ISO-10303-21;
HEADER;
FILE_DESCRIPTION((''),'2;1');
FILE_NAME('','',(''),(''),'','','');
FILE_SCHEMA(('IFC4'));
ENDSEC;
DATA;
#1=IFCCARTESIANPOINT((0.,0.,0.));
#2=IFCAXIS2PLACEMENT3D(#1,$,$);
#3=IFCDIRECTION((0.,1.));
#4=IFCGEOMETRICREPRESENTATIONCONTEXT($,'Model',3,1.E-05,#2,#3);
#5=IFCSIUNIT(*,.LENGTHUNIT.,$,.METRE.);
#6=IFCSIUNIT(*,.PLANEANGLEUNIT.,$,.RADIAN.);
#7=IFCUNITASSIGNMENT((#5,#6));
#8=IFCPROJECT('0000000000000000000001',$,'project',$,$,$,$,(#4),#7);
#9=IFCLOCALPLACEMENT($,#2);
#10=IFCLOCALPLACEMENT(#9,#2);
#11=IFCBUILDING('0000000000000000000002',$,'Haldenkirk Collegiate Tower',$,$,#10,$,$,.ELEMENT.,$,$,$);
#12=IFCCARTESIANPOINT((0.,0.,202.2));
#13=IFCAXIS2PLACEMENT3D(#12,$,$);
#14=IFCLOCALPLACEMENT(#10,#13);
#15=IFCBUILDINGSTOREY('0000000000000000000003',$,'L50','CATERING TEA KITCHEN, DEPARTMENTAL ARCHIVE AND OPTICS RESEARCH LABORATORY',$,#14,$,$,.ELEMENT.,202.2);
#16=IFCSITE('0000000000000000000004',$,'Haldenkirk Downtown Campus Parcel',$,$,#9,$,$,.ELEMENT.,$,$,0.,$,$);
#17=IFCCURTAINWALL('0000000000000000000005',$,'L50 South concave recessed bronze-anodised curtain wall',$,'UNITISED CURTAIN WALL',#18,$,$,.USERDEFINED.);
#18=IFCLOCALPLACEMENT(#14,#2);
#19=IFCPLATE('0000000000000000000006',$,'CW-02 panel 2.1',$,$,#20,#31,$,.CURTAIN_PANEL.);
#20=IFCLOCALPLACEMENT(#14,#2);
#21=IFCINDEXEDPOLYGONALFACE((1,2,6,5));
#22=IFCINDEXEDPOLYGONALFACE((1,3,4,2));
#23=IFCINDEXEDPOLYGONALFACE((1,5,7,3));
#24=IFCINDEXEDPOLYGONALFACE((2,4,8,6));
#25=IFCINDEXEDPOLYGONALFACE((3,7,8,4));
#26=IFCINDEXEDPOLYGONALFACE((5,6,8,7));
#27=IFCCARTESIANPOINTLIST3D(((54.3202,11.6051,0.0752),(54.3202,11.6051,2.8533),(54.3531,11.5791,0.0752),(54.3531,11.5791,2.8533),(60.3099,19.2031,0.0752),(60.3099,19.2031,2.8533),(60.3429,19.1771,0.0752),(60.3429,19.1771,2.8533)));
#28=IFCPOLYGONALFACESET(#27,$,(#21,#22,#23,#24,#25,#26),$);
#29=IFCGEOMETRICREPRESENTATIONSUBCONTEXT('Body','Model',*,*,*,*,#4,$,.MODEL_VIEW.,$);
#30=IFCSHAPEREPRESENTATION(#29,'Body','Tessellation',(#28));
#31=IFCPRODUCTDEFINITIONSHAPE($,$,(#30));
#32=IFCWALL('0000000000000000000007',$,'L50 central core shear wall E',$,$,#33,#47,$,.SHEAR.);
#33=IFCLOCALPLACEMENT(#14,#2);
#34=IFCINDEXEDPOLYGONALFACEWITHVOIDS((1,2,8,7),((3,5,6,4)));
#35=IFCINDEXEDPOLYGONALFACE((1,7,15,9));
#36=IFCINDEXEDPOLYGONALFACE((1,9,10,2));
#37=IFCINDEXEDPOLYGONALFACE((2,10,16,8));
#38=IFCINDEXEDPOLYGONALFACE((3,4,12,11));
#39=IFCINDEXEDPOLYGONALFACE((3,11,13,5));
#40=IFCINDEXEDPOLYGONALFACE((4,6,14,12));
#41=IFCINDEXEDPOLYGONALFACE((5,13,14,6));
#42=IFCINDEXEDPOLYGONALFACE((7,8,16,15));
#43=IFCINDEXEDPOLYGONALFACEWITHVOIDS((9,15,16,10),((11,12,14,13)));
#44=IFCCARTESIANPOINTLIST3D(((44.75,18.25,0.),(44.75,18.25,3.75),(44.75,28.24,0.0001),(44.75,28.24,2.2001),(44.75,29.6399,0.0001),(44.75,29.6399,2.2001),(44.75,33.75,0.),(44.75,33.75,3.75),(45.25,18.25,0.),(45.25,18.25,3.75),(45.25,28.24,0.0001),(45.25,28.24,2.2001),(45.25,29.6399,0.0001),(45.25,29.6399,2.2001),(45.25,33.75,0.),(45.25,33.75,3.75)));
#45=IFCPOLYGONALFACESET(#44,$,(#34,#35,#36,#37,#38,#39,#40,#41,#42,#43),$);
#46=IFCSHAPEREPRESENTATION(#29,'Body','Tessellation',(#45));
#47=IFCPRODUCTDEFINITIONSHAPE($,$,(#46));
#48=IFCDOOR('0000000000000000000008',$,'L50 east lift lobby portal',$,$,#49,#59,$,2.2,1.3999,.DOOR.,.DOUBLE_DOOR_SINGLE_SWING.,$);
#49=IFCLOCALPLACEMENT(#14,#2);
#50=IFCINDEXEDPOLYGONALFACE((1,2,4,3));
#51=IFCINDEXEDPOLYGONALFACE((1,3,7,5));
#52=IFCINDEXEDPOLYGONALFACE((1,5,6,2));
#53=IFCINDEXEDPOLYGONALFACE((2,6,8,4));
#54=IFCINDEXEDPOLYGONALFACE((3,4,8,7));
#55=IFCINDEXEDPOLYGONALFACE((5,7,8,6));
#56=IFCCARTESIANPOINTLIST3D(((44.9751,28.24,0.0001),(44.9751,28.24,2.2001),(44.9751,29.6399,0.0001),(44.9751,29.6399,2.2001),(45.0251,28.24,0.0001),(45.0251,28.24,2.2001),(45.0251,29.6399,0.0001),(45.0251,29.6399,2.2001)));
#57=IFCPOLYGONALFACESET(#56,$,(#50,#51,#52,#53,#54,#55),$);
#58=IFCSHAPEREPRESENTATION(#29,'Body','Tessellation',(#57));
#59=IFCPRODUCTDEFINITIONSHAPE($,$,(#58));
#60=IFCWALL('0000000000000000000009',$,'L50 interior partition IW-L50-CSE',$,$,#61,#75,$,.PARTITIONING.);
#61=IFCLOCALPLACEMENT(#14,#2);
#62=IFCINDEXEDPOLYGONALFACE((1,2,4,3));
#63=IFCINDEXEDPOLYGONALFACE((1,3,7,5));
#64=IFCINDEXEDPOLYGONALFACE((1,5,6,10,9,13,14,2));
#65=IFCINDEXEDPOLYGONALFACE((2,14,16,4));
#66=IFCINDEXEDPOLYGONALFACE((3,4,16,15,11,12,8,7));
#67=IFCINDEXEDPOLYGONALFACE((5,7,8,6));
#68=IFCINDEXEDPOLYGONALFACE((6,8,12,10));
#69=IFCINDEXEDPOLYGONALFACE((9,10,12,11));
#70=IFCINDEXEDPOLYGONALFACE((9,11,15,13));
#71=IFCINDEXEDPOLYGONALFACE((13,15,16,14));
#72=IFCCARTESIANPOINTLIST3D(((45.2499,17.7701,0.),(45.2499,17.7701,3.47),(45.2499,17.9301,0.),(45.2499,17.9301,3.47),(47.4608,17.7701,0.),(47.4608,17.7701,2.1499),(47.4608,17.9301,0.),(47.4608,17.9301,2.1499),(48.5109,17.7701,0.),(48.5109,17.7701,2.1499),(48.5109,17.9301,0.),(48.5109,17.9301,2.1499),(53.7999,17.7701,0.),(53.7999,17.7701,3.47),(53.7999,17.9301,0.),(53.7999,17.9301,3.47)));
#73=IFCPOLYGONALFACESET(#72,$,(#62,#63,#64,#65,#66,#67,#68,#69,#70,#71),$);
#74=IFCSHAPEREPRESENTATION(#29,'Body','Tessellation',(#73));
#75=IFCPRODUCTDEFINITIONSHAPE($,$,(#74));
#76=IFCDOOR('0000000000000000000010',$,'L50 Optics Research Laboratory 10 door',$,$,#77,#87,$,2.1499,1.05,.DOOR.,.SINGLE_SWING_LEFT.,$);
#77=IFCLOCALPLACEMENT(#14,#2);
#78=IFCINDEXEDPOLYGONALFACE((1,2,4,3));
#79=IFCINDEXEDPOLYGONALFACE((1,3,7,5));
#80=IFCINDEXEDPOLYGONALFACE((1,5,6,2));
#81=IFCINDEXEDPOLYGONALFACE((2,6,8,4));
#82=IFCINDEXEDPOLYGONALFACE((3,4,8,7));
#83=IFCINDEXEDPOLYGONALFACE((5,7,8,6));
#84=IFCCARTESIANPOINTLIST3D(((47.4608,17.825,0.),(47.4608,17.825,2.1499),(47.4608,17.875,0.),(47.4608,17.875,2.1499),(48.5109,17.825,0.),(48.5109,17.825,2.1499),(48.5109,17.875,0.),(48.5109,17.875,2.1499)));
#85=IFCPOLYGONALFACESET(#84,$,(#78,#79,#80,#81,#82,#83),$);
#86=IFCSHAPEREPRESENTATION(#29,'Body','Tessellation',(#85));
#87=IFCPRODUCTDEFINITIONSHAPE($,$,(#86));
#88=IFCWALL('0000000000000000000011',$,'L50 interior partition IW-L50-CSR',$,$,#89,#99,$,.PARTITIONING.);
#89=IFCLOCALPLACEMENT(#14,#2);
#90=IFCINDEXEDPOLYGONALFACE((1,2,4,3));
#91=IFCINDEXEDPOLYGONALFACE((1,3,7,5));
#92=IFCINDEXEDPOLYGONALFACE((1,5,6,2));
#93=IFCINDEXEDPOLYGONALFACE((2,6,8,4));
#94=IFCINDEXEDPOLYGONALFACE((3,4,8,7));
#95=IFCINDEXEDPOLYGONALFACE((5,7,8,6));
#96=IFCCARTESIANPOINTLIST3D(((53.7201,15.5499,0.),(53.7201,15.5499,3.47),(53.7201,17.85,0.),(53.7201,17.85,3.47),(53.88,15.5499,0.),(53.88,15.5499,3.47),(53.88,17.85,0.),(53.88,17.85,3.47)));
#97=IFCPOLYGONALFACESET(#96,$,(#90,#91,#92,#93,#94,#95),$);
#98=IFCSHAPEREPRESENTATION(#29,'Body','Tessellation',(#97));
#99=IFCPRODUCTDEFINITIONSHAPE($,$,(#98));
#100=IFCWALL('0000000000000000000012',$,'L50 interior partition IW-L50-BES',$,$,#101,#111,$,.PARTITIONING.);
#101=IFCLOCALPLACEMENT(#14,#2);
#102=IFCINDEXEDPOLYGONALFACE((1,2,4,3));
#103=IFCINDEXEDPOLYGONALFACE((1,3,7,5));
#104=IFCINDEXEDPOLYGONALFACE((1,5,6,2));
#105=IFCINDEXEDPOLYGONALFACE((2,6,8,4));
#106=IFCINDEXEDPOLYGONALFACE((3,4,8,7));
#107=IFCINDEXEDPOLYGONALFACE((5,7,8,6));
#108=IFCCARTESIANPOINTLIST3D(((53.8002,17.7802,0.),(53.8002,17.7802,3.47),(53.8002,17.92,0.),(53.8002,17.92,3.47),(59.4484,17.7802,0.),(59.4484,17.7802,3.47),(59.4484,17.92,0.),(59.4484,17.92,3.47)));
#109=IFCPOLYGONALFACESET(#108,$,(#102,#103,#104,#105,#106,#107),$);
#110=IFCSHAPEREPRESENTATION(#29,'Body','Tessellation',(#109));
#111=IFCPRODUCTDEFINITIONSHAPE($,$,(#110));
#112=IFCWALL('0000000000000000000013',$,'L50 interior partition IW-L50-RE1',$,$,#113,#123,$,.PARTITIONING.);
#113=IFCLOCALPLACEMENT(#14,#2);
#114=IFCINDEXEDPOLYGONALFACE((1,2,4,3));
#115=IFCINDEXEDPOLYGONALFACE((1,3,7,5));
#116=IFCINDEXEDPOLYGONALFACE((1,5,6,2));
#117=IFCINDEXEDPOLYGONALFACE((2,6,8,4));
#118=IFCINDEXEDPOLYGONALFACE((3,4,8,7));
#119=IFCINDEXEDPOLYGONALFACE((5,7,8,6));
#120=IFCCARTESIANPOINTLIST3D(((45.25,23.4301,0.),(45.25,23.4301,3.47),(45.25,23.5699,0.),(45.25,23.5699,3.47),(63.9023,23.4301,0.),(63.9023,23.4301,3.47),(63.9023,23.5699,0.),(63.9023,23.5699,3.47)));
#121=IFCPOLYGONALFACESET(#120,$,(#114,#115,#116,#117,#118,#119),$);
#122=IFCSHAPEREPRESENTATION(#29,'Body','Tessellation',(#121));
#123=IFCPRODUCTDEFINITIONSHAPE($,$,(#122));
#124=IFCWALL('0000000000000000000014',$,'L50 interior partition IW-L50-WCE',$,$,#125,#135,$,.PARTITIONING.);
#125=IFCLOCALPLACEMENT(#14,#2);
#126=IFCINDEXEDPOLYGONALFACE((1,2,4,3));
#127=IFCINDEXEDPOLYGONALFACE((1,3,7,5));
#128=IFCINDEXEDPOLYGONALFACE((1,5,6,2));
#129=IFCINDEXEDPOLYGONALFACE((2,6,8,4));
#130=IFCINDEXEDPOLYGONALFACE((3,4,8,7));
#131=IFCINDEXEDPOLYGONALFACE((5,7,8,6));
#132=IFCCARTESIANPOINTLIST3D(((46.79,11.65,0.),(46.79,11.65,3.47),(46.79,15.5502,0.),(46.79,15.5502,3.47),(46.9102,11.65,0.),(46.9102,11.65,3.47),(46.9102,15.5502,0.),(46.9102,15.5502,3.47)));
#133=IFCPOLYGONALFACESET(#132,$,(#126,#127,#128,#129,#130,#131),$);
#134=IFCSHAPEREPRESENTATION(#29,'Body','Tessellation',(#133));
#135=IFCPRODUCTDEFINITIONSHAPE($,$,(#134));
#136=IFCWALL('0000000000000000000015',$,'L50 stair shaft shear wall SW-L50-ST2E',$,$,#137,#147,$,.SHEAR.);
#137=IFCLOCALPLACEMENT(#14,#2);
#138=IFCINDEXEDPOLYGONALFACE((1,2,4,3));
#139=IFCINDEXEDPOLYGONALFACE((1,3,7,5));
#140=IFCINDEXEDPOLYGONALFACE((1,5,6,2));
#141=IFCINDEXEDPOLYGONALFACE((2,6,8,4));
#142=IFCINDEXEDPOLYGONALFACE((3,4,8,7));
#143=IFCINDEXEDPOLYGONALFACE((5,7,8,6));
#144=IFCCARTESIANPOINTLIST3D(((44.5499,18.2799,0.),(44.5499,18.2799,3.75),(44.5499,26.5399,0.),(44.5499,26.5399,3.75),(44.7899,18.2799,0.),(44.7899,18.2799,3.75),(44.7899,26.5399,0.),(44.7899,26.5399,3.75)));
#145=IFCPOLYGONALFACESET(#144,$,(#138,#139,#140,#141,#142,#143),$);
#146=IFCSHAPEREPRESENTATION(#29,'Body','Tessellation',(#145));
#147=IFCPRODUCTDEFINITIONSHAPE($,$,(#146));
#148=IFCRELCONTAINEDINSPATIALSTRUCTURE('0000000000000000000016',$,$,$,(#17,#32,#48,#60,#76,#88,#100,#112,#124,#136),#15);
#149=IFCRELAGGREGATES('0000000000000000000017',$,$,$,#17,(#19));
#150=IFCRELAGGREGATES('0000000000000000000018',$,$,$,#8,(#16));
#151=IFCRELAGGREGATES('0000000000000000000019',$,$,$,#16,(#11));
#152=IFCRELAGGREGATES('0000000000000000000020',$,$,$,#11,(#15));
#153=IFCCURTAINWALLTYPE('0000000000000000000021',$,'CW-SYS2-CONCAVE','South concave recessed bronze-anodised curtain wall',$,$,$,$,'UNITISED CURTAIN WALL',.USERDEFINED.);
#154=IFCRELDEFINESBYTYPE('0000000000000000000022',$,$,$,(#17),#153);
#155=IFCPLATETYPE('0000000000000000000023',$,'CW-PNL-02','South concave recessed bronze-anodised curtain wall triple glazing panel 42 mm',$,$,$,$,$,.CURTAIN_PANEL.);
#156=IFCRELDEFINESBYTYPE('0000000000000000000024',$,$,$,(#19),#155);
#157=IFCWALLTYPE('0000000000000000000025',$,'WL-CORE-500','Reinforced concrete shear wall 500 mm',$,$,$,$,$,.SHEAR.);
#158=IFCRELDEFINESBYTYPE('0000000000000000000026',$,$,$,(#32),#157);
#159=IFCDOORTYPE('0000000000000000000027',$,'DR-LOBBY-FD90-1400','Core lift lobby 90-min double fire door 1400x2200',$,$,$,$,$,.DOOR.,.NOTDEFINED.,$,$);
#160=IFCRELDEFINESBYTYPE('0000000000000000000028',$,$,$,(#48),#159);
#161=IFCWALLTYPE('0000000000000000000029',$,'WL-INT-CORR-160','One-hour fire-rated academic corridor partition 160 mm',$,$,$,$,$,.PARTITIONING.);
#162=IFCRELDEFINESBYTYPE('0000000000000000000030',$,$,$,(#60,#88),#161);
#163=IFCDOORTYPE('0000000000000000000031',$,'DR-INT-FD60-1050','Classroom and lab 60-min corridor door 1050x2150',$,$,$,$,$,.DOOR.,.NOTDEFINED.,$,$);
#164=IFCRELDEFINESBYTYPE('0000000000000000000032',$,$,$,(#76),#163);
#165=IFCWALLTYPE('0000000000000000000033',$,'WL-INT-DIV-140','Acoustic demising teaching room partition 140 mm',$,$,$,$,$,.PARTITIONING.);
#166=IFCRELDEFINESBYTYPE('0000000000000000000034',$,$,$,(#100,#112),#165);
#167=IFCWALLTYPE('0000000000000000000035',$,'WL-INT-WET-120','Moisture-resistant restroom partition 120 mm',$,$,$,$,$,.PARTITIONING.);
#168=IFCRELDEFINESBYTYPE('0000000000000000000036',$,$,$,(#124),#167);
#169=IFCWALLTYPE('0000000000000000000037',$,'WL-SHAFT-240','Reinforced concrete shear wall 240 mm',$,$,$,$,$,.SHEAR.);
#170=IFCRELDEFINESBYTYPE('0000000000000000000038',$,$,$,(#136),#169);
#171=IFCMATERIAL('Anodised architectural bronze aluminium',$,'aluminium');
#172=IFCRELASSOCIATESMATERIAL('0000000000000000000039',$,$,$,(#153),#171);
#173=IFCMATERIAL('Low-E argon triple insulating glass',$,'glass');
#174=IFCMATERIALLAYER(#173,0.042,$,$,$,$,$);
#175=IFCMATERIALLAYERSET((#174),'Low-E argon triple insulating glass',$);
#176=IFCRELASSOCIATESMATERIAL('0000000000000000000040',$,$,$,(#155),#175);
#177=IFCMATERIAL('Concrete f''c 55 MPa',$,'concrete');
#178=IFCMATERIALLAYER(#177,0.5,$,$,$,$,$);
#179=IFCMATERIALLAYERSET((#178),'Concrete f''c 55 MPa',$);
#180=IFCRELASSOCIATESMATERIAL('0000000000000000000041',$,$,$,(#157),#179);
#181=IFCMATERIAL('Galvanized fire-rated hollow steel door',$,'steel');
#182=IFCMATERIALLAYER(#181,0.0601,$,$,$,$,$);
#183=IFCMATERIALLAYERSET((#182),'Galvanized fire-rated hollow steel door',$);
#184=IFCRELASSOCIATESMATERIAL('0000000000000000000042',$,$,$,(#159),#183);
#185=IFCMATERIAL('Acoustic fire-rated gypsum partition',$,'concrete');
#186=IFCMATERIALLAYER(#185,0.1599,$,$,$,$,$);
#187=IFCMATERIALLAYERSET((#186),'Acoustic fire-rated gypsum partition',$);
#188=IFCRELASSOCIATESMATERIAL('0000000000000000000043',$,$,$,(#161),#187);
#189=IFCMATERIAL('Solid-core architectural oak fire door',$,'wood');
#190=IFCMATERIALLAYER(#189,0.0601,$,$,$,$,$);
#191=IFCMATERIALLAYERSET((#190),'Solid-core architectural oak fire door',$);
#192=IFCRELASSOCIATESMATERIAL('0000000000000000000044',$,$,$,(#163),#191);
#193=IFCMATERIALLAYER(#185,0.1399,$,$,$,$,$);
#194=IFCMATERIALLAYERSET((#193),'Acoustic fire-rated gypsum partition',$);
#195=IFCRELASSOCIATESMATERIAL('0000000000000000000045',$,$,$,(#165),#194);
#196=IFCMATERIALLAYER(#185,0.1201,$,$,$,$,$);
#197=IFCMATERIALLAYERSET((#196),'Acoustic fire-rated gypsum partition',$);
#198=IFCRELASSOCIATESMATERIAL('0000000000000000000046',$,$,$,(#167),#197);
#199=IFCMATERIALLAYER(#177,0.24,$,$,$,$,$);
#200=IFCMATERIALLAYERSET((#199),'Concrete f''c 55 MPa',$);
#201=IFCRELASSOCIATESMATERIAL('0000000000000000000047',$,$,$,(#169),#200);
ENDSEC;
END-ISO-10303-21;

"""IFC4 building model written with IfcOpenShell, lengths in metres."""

from ifc_helpers import new_model, si_unit, direction, frame, frame_2d, origin, origin_2d, place, context, subcontext, project, spatial, rectangle, extrude, source, transform, mapped, material, layer, layer_set, type_object, element, fill, aggregate, save


model = new_model("IFC4")

# Units and contexts
model_context = context("Model", 3, precision=1e-05, world=origin(), true_north=direction((0.0, 1.0)))
body_context = subcontext(model_context, "Body", "Model", "MODEL_VIEW")
ifc_project = project(units=[si_unit("LENGTHUNIT", "METRE"), si_unit("PLANEANGLEUNIT", "RADIAN")], contexts=[model_context])

# Site, building, storey
site_placement = place(None, origin())
site = spatial("IfcSite", under=ifc_project, at=site_placement, Name="Haldenkirk Downtown Campus Parcel", CompositionType="ELEMENT", RefElevation=0.0)
building_placement = place(site_placement, origin())
building = spatial("IfcBuilding", under=site, at=building_placement, Name="Haldenkirk Collegiate Tower", CompositionType="ELEMENT")
storey_placement = place(building_placement, frame((0.0, 0.0, 202.2)))
storey = spatial("IfcBuildingStorey", under=building, at=storey_placement, Name="L50", Description="CATERING TEA KITCHEN, DEPARTMENTAL ARCHIVE AND OPTICS RESEARCH LABORATORY", CompositionType="ELEMENT", Elevation=202.2)

# Curtain wall, plate
ifc_material_1 = material(Name="Anodised architectural bronze aluminium", Category="aluminium")
curtain_wall_type = type_object("IfcCurtainWallType", Name="CW-SYS2-CONCAVE", Description="South concave recessed bronze-anodised curtain wall", ElementType="UNITISED CURTAIN WALL", PredefinedType="USERDEFINED", material=ifc_material_1)
curtain_wall_placement = place(storey_placement, origin())
curtain_wall = element("IfcCurtainWall", 1, at=curtain_wall_placement, inside=storey, type_object=curtain_wall_type, Name="L50 South concave recessed bronze-anodised curtain wall", ObjectType="UNITISED CURTAIN WALL", PredefinedType="USERDEFINED")
ifc_material_2 = material(Name="Low-E argon triple insulating glass", Category="glass")
ifc_layer_1 = layer(ifc_material_2, 0.042)
ifc_layer_set_1 = layer_set([ifc_layer_1], Name="Low-E argon triple insulating glass")
plate_type = type_object("IfcPlateType", Name="CW-PNL-02", Description="South concave recessed bronze-anodised curtain wall triple glazing panel 42 mm", PredefinedType="CURTAIN_PANEL", material=ifc_layer_set_1)
shared_shape_1 = source(origin(), body_context, "Body", "SweptSolid", [
    extrude(rectangle(XDim=9.675, YDim=0.042, at=origin_2d()), origin(), (0.0, 0.0, 1.0), 2.7781),
])
plate_1_placement = place(storey_placement, frame((57.3315, 15.3911, 0.0752), z_axis=(0.0, 0.0, 1.0), x_axis=(-0.619094, -0.785317, 0.0)))
plate_1 = element("IfcPlate", 2, at=plate_1_placement, type_object=plate_type, Name="CW-02 panel 2.1", PredefinedType="CURTAIN_PANEL", context=body_context, shape_type="MappedRepresentation", body=[
    mapped(shared_shape_1, transform((0.0, 0.0, 0.0), x_axis=(1.0, 0.0, 0.0), y_axis=(0.0, 1.0, 0.0), z_axis=(0.0, 0.0, 1.0), scale=1.0)),
])
aggregate(curtain_wall, [plate_1])

# Walls, openings, doors
ifc_material_3 = material(Name="Concrete f'c 55 MPa", Category="concrete")
ifc_layer_2 = layer(ifc_material_3, 0.5)
ifc_layer_set_2 = layer_set([ifc_layer_2], Name="Concrete f'c 55 MPa")
wall_type_1 = type_object("IfcWallType", Name="WL-CORE-500", Description="Reinforced concrete shear wall 500 mm", PredefinedType="SHEAR", material=ifc_layer_set_2)
wall_1_placement = place(storey_placement, frame((45.0, 18.25, 0.0), z_axis=(0.0, 0.0, 1.0), x_axis=(0.0, 1.0, 0.0)))
wall_1 = element("IfcWall", 3, at=wall_1_placement, inside=storey, type_object=wall_type_1, Name="L50 central core shear wall E", PredefinedType="SHEAR", context=body_context, shape_type="SweptSolid", body=[
    extrude(rectangle(XDim=15.5, YDim=0.5, at=frame_2d((7.75, 0.0))), origin(), (0.0, 0.0, 1.0), 3.75),
])
opening_1_placement = place(wall_1_placement, frame((9.99, 0.0, 0.0)))
opening_1 = element("IfcOpeningElement", 4, at=opening_1_placement, cuts=wall_1, PredefinedType="OPENING", context=body_context, shape_type="SweptSolid", body=[
    extrude(rectangle(XDim=1.3999, YDim=2.2, at=frame_2d((0.7, 1.1001))), frame((0.0, 0.26, 0.0), z_axis=(0.0, -1.0, 0.0), x_axis=(1.0, 0.0, 0.0)), (0.0, 0.0, 1.0), 0.52),
])
ifc_material_4 = material(Name="Galvanized fire-rated hollow steel door", Category="steel")
ifc_layer_3 = layer(ifc_material_4, 0.0601)
ifc_layer_set_3 = layer_set([ifc_layer_3], Name="Galvanized fire-rated hollow steel door")
door_type_1 = type_object("IfcDoorType", Name="DR-LOBBY-FD90-1400", Description="Core lift lobby 90-min double fire door 1400x2200", OperationType="NOTDEFINED", PredefinedType="DOOR", material=ifc_layer_set_3)
door_1_placement = place(opening_1_placement, origin())
door_1 = element("IfcDoor", 5, at=door_1_placement, inside=storey, type_object=door_type_1, Name="L50 east lift lobby portal", OperationType="DOUBLE_DOOR_SINGLE_SWING", OverallHeight=2.2, OverallWidth=1.3999, PredefinedType="DOOR", context=body_context, shape_type="SweptSolid", body=[
    extrude(rectangle(XDim=1.3999, YDim=2.2, at=frame_2d((0.7, 1.1001))), frame((0.0, 0.0249, 0.0), z_axis=(0.0, -1.0, 0.0), x_axis=(1.0, 0.0, 0.0)), (0.0, 0.0, 1.0), 0.05),
])
fill(opening_1, door_1)
ifc_material_5 = material(Name="Acoustic fire-rated gypsum partition", Category="concrete")
ifc_layer_4 = layer(ifc_material_5, 0.1599)
ifc_layer_set_4 = layer_set([ifc_layer_4], Name="Acoustic fire-rated gypsum partition")
wall_type_2 = type_object("IfcWallType", Name="WL-INT-CORR-160", Description="One-hour fire-rated academic corridor partition 160 mm", PredefinedType="PARTITIONING", material=ifc_layer_set_4)
wall_2_placement = place(storey_placement, frame((45.25, 17.8501, 0.0), z_axis=(0.0, 0.0, 1.0), x_axis=(1.0, 0.0, 0.0)))
wall_2 = element("IfcWall", 6, at=wall_2_placement, inside=storey, type_object=wall_type_2, Name="L50 interior partition IW-L50-CSE", PredefinedType="PARTITIONING", context=body_context, shape_type="SweptSolid", body=[
    extrude(rectangle(XDim=8.55, YDim=0.1599, at=frame_2d((4.2749, 0.0))), origin(), (0.0, 0.0, 1.0), 3.47),
])
opening_2_placement = place(wall_2_placement, frame((2.2109, 0.0, 0.0)))
opening_2 = element("IfcOpeningElement", 7, at=opening_2_placement, cuts=wall_2, PredefinedType="OPENING", context=body_context, shape_type="SweptSolid", body=[
    extrude(rectangle(XDim=1.05, YDim=2.1499, at=frame_2d((0.5249, 1.075))), frame((0.0, 0.0898, 0.0), z_axis=(0.0, -1.0, 0.0), x_axis=(1.0, 0.0, 0.0)), (0.0, 0.0, 1.0), 0.1799),
])
ifc_material_6 = material(Name="Solid-core architectural oak fire door", Category="wood")
ifc_layer_5 = layer(ifc_material_6, 0.0601)
ifc_layer_set_5 = layer_set([ifc_layer_5], Name="Solid-core architectural oak fire door")
door_type_2 = type_object("IfcDoorType", Name="DR-INT-FD60-1050", Description="Classroom and lab 60-min corridor door 1050x2150", OperationType="NOTDEFINED", PredefinedType="DOOR", material=ifc_layer_set_5)
door_2_placement = place(opening_2_placement, origin())
door_2 = element("IfcDoor", 8, at=door_2_placement, inside=storey, type_object=door_type_2, Name="L50 Optics Research Laboratory 10 door", OperationType="SINGLE_SWING_LEFT", OverallHeight=2.1499, OverallWidth=1.05, PredefinedType="DOOR", context=body_context, shape_type="SweptSolid", body=[
    extrude(rectangle(XDim=1.05, YDim=2.1499, at=frame_2d((0.5249, 1.075))), frame((0.0, 0.0249, 0.0), z_axis=(0.0, -1.0, 0.0), x_axis=(1.0, 0.0, 0.0)), (0.0, 0.0, 1.0), 0.05),
])
fill(opening_2, door_2)

# Walls
wall_3_placement = place(storey_placement, frame((53.8, 15.55, 0.0), z_axis=(0.0, 0.0, 1.0), x_axis=(0.0, 1.0, 0.0)))
element("IfcWall", 9, at=wall_3_placement, inside=storey, type_object=wall_type_2, Name="L50 interior partition IW-L50-CSR", PredefinedType="PARTITIONING", context=body_context, shape_type="SweptSolid", body=[
    extrude(rectangle(XDim=2.3, YDim=0.1599, at=frame_2d((1.1499, 0.0))), origin(), (0.0, 0.0, 1.0), 3.47),
])
ifc_layer_6 = layer(ifc_material_5, 0.1399)
ifc_layer_set_6 = layer_set([ifc_layer_6], Name="Acoustic fire-rated gypsum partition")
wall_type_3 = type_object("IfcWallType", Name="WL-INT-DIV-140", Description="Acoustic demising teaching room partition 140 mm", PredefinedType="PARTITIONING", material=ifc_layer_set_6)
wall_4_placement = place(storey_placement, frame((53.8, 17.8501, 0.0), z_axis=(0.0, 0.0, 1.0), x_axis=(1.0, 0.0, 0.0)))
element("IfcWall", 10, at=wall_4_placement, inside=storey, type_object=wall_type_3, Name="L50 interior partition IW-L50-BES", PredefinedType="PARTITIONING", context=body_context, shape_type="SweptSolid", body=[
    extrude(rectangle(XDim=5.6482, YDim=0.1399, at=frame_2d((2.8242, 0.0))), origin(), (0.0, 0.0, 1.0), 3.47),
])
wall_5_placement = place(storey_placement, frame((45.25, 23.5, 0.0), z_axis=(0.0, 0.0, 1.0), x_axis=(1.0, 0.0, 0.0)))
element("IfcWall", 11, at=wall_5_placement, inside=storey, type_object=wall_type_3, Name="L50 interior partition IW-L50-RE1", PredefinedType="PARTITIONING", context=body_context, shape_type="SweptSolid", body=[
    extrude(rectangle(XDim=18.6523, YDim=0.1399, at=frame_2d((9.3262, 0.0))), origin(), (0.0, 0.0, 1.0), 3.47),
])
ifc_layer_7 = layer(ifc_material_5, 0.1201)
ifc_layer_set_7 = layer_set([ifc_layer_7], Name="Acoustic fire-rated gypsum partition")
wall_type_4 = type_object("IfcWallType", Name="WL-INT-WET-120", Description="Moisture-resistant restroom partition 120 mm", PredefinedType="PARTITIONING", material=ifc_layer_set_7)
wall_6_placement = place(storey_placement, frame((46.8501, 11.6499, 0.0), z_axis=(0.0, 0.0, 1.0), x_axis=(0.0, 1.0, 0.0)))
element("IfcWall", 12, at=wall_6_placement, inside=storey, type_object=wall_type_4, Name="L50 interior partition IW-L50-WCE", PredefinedType="PARTITIONING", context=body_context, shape_type="SweptSolid", body=[
    extrude(rectangle(XDim=3.9001, YDim=0.1201, at=frame_2d((1.9502, 0.0))), origin(), (0.0, 0.0, 1.0), 3.47),
])
ifc_layer_8 = layer(ifc_material_3, 0.24)
ifc_layer_set_8 = layer_set([ifc_layer_8], Name="Concrete f'c 55 MPa")
wall_type_5 = type_object("IfcWallType", Name="WL-SHAFT-240", Description="Reinforced concrete shear wall 240 mm", PredefinedType="SHEAR", material=ifc_layer_set_8)
wall_7_placement = place(storey_placement, frame((44.6699, 18.28, 0.0), z_axis=(0.0, 0.0, 1.0), x_axis=(0.0, 1.0, 0.0)))
element("IfcWall", 13, at=wall_7_placement, inside=storey, type_object=wall_type_5, Name="L50 stair shaft shear wall SW-L50-ST2E", PredefinedType="SHEAR", context=body_context, shape_type="SweptSolid", body=[
    extrude(rectangle(XDim=8.26, YDim=0.24, at=frame_2d((4.1299, 0.0))), origin(), (0.0, 0.0, 1.0), 3.75),
])

save(model, "model.ifc")
